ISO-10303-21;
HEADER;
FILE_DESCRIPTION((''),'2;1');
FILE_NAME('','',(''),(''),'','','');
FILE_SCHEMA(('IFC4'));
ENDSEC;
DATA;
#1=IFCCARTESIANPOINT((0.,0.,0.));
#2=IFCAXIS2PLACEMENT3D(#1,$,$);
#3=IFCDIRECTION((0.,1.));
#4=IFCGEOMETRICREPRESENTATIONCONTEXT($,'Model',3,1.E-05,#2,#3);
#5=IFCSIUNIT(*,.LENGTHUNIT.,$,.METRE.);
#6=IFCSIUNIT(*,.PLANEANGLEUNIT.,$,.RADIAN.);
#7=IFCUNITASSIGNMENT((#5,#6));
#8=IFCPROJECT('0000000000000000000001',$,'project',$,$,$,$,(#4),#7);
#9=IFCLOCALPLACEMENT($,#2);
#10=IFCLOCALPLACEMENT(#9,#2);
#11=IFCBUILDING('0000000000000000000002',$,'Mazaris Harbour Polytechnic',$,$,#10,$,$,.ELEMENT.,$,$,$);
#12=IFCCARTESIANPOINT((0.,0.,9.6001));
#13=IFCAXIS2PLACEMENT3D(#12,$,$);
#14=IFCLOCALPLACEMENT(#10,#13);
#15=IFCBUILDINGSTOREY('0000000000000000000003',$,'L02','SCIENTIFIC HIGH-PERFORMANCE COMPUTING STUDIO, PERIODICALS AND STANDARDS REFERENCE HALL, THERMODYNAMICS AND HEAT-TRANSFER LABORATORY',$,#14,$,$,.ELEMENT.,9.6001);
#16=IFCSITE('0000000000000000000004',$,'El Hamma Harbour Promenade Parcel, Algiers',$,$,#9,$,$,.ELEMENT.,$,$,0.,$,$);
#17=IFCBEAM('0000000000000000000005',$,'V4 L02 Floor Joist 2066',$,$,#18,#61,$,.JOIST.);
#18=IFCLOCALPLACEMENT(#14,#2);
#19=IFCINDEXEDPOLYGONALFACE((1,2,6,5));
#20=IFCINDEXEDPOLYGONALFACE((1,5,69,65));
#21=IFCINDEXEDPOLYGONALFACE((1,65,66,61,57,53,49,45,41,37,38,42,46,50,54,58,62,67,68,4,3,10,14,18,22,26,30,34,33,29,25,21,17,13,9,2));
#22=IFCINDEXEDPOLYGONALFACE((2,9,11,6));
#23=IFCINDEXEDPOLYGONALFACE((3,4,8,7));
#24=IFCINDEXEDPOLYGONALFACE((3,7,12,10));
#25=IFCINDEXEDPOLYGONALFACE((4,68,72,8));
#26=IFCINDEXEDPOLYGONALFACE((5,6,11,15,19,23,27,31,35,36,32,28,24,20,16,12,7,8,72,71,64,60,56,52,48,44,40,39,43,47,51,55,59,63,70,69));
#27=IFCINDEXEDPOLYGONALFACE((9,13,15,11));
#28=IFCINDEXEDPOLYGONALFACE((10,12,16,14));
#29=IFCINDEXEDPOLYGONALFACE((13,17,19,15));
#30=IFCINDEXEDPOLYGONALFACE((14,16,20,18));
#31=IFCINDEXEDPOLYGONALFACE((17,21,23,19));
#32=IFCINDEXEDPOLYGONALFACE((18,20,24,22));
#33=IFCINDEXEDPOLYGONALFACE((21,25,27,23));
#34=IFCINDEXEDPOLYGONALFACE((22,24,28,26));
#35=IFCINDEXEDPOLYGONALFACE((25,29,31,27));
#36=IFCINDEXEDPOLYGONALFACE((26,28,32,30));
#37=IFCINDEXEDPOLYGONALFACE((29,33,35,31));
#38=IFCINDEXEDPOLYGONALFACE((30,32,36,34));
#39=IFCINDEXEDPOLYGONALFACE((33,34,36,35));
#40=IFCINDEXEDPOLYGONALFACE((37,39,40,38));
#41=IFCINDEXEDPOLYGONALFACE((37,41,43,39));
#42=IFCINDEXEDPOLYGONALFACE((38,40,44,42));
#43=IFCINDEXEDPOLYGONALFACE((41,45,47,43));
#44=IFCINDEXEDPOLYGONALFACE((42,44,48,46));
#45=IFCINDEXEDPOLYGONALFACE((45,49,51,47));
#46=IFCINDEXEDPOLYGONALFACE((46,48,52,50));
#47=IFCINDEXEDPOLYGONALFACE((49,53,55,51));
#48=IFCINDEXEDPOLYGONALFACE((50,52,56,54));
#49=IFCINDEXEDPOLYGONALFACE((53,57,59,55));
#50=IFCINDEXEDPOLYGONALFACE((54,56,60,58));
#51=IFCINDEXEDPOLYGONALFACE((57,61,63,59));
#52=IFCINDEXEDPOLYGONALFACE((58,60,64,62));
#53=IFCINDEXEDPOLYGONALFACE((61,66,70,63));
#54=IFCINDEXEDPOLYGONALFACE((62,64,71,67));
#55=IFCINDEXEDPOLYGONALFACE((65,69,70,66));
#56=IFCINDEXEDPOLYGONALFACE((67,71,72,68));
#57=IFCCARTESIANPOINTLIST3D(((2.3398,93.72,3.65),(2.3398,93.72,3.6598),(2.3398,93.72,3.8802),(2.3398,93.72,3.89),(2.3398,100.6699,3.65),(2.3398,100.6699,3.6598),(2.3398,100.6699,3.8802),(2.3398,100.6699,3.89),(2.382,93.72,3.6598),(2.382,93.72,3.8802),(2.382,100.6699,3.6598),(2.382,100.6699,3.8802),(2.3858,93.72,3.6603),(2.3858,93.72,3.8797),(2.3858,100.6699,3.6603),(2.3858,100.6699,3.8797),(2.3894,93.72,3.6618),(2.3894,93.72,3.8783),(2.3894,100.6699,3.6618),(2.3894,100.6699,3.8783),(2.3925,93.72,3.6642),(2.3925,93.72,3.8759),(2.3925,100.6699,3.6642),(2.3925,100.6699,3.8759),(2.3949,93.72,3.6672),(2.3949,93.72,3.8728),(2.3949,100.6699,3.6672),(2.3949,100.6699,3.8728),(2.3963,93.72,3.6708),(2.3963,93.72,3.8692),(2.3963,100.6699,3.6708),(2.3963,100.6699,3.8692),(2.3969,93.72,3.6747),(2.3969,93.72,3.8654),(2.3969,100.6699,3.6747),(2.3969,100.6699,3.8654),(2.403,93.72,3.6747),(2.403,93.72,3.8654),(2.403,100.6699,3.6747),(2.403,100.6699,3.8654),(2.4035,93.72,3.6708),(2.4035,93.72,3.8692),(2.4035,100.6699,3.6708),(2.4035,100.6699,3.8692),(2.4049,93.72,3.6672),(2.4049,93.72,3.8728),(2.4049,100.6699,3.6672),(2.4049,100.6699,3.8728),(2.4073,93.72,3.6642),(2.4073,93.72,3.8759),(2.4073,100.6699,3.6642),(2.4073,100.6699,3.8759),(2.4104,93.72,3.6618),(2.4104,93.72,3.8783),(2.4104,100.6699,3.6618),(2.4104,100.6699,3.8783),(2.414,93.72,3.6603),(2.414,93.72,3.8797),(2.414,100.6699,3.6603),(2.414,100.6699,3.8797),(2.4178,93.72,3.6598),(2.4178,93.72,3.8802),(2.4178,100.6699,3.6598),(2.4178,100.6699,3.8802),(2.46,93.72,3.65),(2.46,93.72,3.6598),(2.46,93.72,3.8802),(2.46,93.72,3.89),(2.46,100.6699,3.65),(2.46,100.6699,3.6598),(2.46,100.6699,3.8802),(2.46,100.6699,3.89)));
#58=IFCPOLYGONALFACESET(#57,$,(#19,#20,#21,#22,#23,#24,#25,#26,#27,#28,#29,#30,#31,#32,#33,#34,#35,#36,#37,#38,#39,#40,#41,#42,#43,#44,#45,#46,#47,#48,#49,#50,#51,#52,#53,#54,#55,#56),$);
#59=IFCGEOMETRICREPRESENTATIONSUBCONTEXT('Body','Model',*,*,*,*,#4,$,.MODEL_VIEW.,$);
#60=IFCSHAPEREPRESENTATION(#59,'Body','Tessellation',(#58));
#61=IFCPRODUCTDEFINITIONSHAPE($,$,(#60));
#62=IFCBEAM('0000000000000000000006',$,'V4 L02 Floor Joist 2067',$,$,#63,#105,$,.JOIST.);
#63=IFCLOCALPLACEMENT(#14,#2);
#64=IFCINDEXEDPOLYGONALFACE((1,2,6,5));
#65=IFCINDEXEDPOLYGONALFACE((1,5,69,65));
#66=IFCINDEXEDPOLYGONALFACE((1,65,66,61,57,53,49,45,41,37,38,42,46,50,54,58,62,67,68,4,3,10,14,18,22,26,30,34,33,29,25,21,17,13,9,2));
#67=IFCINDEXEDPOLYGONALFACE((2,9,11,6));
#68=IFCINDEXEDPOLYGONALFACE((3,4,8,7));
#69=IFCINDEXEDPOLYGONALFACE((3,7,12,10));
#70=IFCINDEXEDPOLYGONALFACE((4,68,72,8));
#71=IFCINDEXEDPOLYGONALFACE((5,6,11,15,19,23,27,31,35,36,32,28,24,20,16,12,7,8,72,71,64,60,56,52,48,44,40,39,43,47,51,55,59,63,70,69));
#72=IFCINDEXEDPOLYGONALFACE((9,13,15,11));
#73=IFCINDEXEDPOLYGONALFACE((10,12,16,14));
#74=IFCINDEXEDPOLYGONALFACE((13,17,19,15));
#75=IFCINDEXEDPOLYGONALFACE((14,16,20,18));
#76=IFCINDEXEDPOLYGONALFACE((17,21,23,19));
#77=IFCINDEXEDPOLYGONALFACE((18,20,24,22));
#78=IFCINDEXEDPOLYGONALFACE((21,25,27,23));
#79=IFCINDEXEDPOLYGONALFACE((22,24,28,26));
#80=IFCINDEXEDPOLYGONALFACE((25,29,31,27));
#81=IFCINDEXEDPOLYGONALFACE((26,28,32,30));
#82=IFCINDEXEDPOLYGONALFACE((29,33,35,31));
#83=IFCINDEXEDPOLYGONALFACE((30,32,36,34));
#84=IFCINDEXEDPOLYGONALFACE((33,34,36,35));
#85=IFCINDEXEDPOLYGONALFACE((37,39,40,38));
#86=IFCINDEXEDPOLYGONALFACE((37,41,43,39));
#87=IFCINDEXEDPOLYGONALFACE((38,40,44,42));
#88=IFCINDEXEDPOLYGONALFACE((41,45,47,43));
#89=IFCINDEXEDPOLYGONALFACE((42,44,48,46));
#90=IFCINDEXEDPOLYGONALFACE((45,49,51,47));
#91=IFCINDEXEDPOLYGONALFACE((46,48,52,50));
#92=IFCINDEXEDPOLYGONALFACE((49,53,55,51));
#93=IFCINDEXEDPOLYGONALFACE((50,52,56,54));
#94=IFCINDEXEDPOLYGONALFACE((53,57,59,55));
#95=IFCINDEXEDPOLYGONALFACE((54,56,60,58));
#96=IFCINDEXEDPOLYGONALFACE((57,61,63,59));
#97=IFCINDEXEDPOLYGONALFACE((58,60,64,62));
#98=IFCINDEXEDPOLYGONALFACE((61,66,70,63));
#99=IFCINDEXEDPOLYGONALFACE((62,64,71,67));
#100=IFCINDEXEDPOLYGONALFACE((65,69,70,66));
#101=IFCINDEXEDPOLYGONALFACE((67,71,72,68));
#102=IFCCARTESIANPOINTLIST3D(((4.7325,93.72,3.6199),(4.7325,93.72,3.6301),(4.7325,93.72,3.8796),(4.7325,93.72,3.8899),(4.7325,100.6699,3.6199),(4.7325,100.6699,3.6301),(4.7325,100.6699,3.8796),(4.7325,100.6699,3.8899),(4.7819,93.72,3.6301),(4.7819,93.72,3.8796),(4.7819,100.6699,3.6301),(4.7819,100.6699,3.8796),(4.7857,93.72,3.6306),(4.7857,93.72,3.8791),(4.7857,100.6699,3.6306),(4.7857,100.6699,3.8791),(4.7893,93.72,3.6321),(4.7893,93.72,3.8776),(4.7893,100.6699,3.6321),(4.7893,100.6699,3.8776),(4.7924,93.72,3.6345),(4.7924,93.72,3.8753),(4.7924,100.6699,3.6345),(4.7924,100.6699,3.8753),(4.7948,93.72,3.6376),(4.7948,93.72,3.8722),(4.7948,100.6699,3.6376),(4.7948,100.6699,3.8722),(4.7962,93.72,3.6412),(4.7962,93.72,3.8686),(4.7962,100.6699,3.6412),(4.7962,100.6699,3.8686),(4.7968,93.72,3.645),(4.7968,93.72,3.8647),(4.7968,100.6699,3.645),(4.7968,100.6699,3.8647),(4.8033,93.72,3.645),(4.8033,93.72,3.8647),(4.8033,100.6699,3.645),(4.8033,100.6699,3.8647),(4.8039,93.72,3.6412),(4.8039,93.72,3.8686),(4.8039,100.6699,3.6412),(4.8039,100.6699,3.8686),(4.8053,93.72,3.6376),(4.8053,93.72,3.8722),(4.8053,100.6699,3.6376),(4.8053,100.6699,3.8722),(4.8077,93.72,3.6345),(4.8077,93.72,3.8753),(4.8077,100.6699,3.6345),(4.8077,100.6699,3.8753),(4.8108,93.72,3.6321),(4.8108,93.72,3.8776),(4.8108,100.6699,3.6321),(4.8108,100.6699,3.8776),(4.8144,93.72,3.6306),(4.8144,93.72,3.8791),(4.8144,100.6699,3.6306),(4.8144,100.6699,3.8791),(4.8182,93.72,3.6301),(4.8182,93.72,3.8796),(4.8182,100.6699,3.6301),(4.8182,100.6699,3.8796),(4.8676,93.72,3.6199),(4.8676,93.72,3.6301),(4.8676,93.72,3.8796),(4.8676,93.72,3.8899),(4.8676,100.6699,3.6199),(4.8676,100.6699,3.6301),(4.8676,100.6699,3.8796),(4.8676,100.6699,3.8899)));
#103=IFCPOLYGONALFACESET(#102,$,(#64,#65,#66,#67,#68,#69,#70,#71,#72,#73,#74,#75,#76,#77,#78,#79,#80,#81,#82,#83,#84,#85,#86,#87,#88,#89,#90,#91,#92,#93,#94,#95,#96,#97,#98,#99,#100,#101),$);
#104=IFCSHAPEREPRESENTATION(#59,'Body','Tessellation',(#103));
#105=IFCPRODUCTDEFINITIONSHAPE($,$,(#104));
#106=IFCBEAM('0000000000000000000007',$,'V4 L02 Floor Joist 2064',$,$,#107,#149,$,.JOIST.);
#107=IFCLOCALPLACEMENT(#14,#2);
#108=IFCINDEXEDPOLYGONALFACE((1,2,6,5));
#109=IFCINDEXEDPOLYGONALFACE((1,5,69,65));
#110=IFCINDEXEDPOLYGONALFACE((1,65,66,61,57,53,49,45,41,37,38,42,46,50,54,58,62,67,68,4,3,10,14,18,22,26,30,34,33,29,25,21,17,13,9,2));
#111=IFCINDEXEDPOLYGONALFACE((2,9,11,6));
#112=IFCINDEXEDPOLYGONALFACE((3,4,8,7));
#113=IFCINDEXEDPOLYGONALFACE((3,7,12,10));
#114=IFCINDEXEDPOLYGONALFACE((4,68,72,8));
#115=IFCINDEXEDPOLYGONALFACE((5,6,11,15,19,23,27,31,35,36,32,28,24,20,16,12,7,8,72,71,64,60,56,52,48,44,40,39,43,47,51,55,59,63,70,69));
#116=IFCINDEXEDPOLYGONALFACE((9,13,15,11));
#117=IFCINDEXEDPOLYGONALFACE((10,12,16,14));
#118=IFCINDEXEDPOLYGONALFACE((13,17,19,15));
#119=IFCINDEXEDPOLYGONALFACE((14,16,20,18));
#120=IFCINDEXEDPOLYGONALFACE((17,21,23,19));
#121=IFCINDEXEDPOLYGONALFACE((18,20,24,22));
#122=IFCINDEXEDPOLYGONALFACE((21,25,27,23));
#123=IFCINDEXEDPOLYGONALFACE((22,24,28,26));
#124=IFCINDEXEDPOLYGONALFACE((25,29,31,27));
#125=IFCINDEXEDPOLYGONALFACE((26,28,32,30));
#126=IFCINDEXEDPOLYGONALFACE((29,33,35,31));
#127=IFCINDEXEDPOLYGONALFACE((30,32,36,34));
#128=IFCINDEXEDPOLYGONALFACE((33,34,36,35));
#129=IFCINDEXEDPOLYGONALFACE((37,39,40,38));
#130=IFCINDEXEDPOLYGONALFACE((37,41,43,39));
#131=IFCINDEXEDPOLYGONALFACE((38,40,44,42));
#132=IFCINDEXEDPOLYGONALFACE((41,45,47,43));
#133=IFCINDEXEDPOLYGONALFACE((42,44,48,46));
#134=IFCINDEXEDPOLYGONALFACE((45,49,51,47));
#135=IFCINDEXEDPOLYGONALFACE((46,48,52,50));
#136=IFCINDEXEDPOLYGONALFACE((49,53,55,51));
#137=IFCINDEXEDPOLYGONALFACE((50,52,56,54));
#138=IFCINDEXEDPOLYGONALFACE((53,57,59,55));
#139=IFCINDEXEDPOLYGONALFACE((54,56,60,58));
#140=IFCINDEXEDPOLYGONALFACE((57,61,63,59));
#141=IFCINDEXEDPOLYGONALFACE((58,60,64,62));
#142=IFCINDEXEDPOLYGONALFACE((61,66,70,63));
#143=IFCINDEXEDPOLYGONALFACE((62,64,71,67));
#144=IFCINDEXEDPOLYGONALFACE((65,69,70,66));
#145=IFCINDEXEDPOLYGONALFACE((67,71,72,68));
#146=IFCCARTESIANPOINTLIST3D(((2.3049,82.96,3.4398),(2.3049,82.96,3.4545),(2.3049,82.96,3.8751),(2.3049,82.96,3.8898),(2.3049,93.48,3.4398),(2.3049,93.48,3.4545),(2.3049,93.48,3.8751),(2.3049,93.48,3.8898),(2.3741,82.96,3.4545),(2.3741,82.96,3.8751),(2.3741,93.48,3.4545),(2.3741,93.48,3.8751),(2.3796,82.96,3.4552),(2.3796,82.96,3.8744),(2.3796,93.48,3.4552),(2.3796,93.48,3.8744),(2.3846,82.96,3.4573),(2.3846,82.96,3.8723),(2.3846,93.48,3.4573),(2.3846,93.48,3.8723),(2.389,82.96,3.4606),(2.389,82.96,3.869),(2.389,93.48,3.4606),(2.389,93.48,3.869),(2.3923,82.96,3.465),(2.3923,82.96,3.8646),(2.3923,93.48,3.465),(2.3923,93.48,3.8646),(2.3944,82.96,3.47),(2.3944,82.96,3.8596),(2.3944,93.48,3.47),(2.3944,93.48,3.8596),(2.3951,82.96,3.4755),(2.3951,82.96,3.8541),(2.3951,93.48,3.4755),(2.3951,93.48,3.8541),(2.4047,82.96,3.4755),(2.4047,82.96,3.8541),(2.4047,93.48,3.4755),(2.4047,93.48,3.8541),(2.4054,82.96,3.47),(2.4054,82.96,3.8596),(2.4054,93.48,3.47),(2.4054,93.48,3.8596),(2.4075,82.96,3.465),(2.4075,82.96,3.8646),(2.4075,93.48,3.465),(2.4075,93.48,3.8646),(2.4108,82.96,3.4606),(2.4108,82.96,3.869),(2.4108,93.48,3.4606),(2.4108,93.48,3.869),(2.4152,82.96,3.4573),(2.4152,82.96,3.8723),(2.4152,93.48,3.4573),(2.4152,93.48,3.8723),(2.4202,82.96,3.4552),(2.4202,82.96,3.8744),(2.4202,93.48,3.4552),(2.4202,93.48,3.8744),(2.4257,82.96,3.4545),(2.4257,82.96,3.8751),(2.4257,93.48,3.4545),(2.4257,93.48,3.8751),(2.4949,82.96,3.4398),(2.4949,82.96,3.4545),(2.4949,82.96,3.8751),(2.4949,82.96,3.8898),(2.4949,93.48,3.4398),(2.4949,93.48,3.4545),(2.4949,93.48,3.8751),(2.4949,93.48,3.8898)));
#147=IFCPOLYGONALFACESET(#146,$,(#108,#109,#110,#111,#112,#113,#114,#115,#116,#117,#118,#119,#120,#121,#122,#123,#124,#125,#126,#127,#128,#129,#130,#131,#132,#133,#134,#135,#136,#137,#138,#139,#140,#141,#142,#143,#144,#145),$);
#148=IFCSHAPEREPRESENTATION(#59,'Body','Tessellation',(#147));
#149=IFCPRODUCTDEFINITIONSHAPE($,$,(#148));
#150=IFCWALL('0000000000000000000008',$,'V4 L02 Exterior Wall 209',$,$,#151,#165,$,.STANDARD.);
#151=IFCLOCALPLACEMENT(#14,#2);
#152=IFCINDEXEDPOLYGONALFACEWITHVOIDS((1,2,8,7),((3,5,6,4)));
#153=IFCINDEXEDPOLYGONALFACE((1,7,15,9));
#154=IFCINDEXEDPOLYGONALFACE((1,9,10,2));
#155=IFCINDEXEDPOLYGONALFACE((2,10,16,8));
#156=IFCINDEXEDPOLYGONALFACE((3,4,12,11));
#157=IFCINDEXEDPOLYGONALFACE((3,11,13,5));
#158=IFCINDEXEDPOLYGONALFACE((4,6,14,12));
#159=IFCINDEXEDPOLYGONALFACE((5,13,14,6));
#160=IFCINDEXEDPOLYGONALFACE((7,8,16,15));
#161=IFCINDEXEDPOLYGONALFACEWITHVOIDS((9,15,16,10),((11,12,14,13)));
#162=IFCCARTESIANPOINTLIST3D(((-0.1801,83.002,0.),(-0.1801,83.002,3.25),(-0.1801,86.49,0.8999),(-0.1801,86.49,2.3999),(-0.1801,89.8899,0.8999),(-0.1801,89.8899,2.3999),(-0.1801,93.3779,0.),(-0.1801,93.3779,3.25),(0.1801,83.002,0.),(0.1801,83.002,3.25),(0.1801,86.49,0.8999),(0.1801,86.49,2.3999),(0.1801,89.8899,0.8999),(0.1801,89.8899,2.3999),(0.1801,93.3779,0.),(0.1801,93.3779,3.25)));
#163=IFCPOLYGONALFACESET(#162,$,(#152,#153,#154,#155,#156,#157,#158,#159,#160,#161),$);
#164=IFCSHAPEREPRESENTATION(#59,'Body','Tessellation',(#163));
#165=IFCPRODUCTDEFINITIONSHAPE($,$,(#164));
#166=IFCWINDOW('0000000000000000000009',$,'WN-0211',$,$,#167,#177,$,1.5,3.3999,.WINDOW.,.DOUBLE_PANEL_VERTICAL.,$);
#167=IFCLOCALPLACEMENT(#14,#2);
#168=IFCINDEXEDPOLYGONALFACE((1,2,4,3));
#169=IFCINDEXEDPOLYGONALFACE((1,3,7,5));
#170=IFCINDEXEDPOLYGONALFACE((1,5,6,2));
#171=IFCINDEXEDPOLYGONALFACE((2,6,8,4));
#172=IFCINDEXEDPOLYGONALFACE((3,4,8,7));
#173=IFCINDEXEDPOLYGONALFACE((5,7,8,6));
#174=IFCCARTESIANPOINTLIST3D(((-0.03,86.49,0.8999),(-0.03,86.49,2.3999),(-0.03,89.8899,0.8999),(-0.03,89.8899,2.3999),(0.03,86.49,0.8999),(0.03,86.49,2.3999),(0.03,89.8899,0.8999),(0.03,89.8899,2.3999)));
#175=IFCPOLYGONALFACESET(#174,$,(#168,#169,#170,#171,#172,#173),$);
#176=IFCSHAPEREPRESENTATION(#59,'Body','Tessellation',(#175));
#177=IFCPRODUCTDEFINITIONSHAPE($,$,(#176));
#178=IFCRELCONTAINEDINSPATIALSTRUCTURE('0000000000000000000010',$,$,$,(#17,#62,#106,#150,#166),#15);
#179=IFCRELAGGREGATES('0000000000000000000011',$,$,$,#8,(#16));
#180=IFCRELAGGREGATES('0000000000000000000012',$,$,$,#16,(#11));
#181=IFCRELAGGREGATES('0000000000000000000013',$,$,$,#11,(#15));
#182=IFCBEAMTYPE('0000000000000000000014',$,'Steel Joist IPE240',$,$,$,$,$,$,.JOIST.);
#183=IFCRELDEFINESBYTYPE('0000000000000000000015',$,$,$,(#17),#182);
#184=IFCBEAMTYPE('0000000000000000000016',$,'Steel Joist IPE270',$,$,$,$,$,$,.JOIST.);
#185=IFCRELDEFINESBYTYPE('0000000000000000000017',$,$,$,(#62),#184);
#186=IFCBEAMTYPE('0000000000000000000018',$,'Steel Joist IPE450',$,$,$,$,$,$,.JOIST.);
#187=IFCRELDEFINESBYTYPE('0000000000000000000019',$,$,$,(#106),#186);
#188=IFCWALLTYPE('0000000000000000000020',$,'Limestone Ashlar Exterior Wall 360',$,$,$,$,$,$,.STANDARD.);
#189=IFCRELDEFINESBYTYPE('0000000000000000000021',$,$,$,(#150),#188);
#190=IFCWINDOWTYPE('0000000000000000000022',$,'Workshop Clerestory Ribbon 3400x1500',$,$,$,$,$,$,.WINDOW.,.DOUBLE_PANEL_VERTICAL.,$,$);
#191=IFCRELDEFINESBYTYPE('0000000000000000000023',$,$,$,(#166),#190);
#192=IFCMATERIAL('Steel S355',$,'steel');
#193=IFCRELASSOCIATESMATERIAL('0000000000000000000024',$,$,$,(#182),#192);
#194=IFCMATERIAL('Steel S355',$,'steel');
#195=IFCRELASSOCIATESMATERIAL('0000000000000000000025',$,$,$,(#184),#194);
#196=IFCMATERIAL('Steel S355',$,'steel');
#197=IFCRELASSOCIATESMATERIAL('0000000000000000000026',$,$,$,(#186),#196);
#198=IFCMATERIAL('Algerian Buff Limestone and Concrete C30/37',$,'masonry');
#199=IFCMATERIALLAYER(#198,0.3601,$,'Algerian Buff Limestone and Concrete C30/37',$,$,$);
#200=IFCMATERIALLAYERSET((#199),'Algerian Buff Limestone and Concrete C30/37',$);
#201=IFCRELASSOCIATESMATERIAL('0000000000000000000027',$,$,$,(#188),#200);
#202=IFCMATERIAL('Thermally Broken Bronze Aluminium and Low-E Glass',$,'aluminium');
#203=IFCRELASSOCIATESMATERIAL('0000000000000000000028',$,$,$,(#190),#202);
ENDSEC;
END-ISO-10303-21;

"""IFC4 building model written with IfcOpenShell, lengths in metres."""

from ifc_helpers import new_model, si_unit, direction, frame, frame_2d, origin, origin_2d, place, context, subcontext, project, spatial, rectangle, i_section, extrude, material, layer, layer_set, material_profile, profile_set, type_object, element, fill, save


model = new_model("IFC4")

# Units and contexts
model_context = context("Model", 3, precision=1e-05, world=origin(), true_north=direction((0.0, 1.0)))
body_context = subcontext(model_context, "Body", "Model", "MODEL_VIEW")
ifc_project = project(units=[si_unit("LENGTHUNIT", "METRE"), si_unit("PLANEANGLEUNIT", "RADIAN")], contexts=[model_context])

# Site, building, storey
site_placement = place(None, origin())
site = spatial("IfcSite", under=ifc_project, at=site_placement, Name="El Hamma Harbour Promenade Parcel, Algiers", CompositionType="ELEMENT", RefElevation=0.0)
building_placement = place(site_placement, origin())
building = spatial("IfcBuilding", under=site, at=building_placement, Name="Mazaris Harbour Polytechnic", CompositionType="ELEMENT")
storey_placement = place(building_placement, frame((0.0, 0.0, 9.6001)))
storey = spatial("IfcBuildingStorey", under=building, at=storey_placement, Name="L02", Description="SCIENTIFIC HIGH-PERFORMANCE COMPUTING STUDIO, PERIODICALS AND STANDARDS REFERENCE HALL, THERMODYNAMICS AND HEAT-TRANSFER LABORATORY", CompositionType="ELEMENT", Elevation=9.6001)

# Beams
ifc_material_1 = material(Name="Steel S355", Category="steel")
ifc_material_profile_1 = material_profile(ifc_material_1, i_section(OverallWidth=0.1201, OverallDepth=0.24, WebThickness=0.0061, FlangeThickness=0.0098, FilletRadius=0.0149, at=origin_2d()), Name="IPE 240")
ifc_profile_set_1 = profile_set([ifc_material_profile_1], Name="Steel S355")
beam_type_1 = type_object("IfcBeamType", Name="Steel Joist IPE240", PredefinedType="JOIST", material=ifc_profile_set_1)
beam_1_placement = place(storey_placement, frame((2.3999, 93.72, 3.77), z_axis=(0.0, 1.0, 0.0), x_axis=(-1.0, 0.0, 0.0)))
element("IfcBeam", 1, at=beam_1_placement, inside=storey, type_object=beam_type_1, Name="V4 L02 Floor Joist 2066", PredefinedType="JOIST", context=body_context, shape_type="SweptSolid", body=[
    extrude(i_section(OverallWidth=0.1201, OverallDepth=0.24, WebThickness=0.0061, FlangeThickness=0.0098, FilletRadius=0.0149, at=origin_2d()), origin(), (0.0, 0.0, 1.0), 6.95),
])
ifc_material_2 = material(Name="Steel S355", Category="steel")
ifc_material_profile_2 = material_profile(ifc_material_2, i_section(OverallWidth=0.135, OverallDepth=0.27, WebThickness=0.0066, FlangeThickness=0.0103, FilletRadius=0.0149, at=origin_2d()), Name="IPE 270")
ifc_profile_set_2 = profile_set([ifc_material_profile_2], Name="Steel S355")
beam_type_2 = type_object("IfcBeamType", Name="Steel Joist IPE270", PredefinedType="JOIST", material=ifc_profile_set_2)
beam_2_placement = place(storey_placement, frame((4.8, 93.72, 3.7549), z_axis=(0.0, 1.0, 0.0), x_axis=(-1.0, 0.0, 0.0)))
element("IfcBeam", 2, at=beam_2_placement, inside=storey, type_object=beam_type_2, Name="V4 L02 Floor Joist 2067", PredefinedType="JOIST", context=body_context, shape_type="SweptSolid", body=[
    extrude(i_section(OverallWidth=0.135, OverallDepth=0.27, WebThickness=0.0066, FlangeThickness=0.0103, FilletRadius=0.0149, at=origin_2d()), origin(), (0.0, 0.0, 1.0), 6.95),
])
ifc_material_3 = material(Name="Steel S355", Category="steel")
ifc_material_profile_3 = material_profile(ifc_material_3, i_section(OverallWidth=0.1899, OverallDepth=0.45, WebThickness=0.0095, FlangeThickness=0.0146, FilletRadius=0.021, at=origin_2d()), Name="IPE 450")
ifc_profile_set_3 = profile_set([ifc_material_profile_3], Name="Steel S355")
beam_type_3 = type_object("IfcBeamType", Name="Steel Joist IPE450", PredefinedType="JOIST", material=ifc_profile_set_3)
beam_3_placement = place(storey_placement, frame((2.3999, 82.96, 3.6648), z_axis=(0.0, 1.0, 0.0), x_axis=(-1.0, 0.0, 0.0)))
element("IfcBeam", 3, at=beam_3_placement, inside=storey, type_object=beam_type_3, Name="V4 L02 Floor Joist 2064", PredefinedType="JOIST", context=body_context, shape_type="SweptSolid", body=[
    extrude(i_section(OverallWidth=0.1899, OverallDepth=0.45, WebThickness=0.0095, FlangeThickness=0.0146, FilletRadius=0.021, at=origin_2d()), origin(), (0.0, 0.0, 1.0), 10.52),
])

# Wall, opening, window
ifc_material_4 = material(Name="Algerian Buff Limestone and Concrete C30/37", Category="masonry")
ifc_layer = layer(ifc_material_4, 0.3601, Name="Algerian Buff Limestone and Concrete C30/37")
ifc_layer_set = layer_set([ifc_layer], Name="Algerian Buff Limestone and Concrete C30/37")
wall_type = type_object("IfcWallType", Name="Limestone Ashlar Exterior Wall 360", PredefinedType="STANDARD", material=ifc_layer_set)
wall_1_placement = place(storey_placement, frame((0.0, 83.002, 0.0), z_axis=(0.0, 0.0, 1.0), x_axis=(0.0, 1.0, 0.0)))
wall_1 = element("IfcWall", 4, at=wall_1_placement, inside=storey, type_object=wall_type, Name="V4 L02 Exterior Wall 209", PredefinedType="STANDARD", context=body_context, shape_type="SweptSolid", body=[
    extrude(rectangle(XDim=10.376, YDim=0.3601, at=frame_2d((5.188, 0.0))), origin(), (0.0, 0.0, 1.0), 3.25),
])
opening_1_placement = place(wall_1_placement, frame((3.488, 0.0, 0.8999)))
opening_1 = element("IfcOpeningElement", 5, at=opening_1_placement, cuts=wall_1, PredefinedType="OPENING", context=body_context, shape_type="SweptSolid", body=[
    extrude(rectangle(XDim=3.3999, YDim=1.5, at=frame_2d((1.7, 0.75))), frame((0.0, 0.1899, 0.0), z_axis=(0.0, -1.0, 0.0), x_axis=(1.0, 0.0, 0.0)), (0.0, 0.0, 1.0), 0.3801),
])
ifc_material_5 = material(Name="Thermally Broken Bronze Aluminium and Low-E Glass", Category="aluminium")
window_type = type_object("IfcWindowType", Name="Workshop Clerestory Ribbon 3400x1500", PartitioningType="DOUBLE_PANEL_VERTICAL", PredefinedType="WINDOW", material=ifc_material_5)
window_1_placement = place(opening_1_placement, origin())
window_1 = element("IfcWindow", 6, at=window_1_placement, inside=storey, type_object=window_type, Name="WN-0211", OverallHeight=1.5, OverallWidth=3.3999, PartitioningType="DOUBLE_PANEL_VERTICAL", PredefinedType="WINDOW", context=body_context, shape_type="SweptSolid", body=[
    extrude(rectangle(XDim=3.3999, YDim=1.5, at=frame_2d((1.7, 0.75))), frame((0.0, 0.03, 0.0), z_axis=(0.0, -1.0, 0.0), x_axis=(1.0, 0.0, 0.0)), (0.0, 0.0, 1.0), 0.0601),
])
fill(opening_1, window_1)

save(model, "model.ifc")
